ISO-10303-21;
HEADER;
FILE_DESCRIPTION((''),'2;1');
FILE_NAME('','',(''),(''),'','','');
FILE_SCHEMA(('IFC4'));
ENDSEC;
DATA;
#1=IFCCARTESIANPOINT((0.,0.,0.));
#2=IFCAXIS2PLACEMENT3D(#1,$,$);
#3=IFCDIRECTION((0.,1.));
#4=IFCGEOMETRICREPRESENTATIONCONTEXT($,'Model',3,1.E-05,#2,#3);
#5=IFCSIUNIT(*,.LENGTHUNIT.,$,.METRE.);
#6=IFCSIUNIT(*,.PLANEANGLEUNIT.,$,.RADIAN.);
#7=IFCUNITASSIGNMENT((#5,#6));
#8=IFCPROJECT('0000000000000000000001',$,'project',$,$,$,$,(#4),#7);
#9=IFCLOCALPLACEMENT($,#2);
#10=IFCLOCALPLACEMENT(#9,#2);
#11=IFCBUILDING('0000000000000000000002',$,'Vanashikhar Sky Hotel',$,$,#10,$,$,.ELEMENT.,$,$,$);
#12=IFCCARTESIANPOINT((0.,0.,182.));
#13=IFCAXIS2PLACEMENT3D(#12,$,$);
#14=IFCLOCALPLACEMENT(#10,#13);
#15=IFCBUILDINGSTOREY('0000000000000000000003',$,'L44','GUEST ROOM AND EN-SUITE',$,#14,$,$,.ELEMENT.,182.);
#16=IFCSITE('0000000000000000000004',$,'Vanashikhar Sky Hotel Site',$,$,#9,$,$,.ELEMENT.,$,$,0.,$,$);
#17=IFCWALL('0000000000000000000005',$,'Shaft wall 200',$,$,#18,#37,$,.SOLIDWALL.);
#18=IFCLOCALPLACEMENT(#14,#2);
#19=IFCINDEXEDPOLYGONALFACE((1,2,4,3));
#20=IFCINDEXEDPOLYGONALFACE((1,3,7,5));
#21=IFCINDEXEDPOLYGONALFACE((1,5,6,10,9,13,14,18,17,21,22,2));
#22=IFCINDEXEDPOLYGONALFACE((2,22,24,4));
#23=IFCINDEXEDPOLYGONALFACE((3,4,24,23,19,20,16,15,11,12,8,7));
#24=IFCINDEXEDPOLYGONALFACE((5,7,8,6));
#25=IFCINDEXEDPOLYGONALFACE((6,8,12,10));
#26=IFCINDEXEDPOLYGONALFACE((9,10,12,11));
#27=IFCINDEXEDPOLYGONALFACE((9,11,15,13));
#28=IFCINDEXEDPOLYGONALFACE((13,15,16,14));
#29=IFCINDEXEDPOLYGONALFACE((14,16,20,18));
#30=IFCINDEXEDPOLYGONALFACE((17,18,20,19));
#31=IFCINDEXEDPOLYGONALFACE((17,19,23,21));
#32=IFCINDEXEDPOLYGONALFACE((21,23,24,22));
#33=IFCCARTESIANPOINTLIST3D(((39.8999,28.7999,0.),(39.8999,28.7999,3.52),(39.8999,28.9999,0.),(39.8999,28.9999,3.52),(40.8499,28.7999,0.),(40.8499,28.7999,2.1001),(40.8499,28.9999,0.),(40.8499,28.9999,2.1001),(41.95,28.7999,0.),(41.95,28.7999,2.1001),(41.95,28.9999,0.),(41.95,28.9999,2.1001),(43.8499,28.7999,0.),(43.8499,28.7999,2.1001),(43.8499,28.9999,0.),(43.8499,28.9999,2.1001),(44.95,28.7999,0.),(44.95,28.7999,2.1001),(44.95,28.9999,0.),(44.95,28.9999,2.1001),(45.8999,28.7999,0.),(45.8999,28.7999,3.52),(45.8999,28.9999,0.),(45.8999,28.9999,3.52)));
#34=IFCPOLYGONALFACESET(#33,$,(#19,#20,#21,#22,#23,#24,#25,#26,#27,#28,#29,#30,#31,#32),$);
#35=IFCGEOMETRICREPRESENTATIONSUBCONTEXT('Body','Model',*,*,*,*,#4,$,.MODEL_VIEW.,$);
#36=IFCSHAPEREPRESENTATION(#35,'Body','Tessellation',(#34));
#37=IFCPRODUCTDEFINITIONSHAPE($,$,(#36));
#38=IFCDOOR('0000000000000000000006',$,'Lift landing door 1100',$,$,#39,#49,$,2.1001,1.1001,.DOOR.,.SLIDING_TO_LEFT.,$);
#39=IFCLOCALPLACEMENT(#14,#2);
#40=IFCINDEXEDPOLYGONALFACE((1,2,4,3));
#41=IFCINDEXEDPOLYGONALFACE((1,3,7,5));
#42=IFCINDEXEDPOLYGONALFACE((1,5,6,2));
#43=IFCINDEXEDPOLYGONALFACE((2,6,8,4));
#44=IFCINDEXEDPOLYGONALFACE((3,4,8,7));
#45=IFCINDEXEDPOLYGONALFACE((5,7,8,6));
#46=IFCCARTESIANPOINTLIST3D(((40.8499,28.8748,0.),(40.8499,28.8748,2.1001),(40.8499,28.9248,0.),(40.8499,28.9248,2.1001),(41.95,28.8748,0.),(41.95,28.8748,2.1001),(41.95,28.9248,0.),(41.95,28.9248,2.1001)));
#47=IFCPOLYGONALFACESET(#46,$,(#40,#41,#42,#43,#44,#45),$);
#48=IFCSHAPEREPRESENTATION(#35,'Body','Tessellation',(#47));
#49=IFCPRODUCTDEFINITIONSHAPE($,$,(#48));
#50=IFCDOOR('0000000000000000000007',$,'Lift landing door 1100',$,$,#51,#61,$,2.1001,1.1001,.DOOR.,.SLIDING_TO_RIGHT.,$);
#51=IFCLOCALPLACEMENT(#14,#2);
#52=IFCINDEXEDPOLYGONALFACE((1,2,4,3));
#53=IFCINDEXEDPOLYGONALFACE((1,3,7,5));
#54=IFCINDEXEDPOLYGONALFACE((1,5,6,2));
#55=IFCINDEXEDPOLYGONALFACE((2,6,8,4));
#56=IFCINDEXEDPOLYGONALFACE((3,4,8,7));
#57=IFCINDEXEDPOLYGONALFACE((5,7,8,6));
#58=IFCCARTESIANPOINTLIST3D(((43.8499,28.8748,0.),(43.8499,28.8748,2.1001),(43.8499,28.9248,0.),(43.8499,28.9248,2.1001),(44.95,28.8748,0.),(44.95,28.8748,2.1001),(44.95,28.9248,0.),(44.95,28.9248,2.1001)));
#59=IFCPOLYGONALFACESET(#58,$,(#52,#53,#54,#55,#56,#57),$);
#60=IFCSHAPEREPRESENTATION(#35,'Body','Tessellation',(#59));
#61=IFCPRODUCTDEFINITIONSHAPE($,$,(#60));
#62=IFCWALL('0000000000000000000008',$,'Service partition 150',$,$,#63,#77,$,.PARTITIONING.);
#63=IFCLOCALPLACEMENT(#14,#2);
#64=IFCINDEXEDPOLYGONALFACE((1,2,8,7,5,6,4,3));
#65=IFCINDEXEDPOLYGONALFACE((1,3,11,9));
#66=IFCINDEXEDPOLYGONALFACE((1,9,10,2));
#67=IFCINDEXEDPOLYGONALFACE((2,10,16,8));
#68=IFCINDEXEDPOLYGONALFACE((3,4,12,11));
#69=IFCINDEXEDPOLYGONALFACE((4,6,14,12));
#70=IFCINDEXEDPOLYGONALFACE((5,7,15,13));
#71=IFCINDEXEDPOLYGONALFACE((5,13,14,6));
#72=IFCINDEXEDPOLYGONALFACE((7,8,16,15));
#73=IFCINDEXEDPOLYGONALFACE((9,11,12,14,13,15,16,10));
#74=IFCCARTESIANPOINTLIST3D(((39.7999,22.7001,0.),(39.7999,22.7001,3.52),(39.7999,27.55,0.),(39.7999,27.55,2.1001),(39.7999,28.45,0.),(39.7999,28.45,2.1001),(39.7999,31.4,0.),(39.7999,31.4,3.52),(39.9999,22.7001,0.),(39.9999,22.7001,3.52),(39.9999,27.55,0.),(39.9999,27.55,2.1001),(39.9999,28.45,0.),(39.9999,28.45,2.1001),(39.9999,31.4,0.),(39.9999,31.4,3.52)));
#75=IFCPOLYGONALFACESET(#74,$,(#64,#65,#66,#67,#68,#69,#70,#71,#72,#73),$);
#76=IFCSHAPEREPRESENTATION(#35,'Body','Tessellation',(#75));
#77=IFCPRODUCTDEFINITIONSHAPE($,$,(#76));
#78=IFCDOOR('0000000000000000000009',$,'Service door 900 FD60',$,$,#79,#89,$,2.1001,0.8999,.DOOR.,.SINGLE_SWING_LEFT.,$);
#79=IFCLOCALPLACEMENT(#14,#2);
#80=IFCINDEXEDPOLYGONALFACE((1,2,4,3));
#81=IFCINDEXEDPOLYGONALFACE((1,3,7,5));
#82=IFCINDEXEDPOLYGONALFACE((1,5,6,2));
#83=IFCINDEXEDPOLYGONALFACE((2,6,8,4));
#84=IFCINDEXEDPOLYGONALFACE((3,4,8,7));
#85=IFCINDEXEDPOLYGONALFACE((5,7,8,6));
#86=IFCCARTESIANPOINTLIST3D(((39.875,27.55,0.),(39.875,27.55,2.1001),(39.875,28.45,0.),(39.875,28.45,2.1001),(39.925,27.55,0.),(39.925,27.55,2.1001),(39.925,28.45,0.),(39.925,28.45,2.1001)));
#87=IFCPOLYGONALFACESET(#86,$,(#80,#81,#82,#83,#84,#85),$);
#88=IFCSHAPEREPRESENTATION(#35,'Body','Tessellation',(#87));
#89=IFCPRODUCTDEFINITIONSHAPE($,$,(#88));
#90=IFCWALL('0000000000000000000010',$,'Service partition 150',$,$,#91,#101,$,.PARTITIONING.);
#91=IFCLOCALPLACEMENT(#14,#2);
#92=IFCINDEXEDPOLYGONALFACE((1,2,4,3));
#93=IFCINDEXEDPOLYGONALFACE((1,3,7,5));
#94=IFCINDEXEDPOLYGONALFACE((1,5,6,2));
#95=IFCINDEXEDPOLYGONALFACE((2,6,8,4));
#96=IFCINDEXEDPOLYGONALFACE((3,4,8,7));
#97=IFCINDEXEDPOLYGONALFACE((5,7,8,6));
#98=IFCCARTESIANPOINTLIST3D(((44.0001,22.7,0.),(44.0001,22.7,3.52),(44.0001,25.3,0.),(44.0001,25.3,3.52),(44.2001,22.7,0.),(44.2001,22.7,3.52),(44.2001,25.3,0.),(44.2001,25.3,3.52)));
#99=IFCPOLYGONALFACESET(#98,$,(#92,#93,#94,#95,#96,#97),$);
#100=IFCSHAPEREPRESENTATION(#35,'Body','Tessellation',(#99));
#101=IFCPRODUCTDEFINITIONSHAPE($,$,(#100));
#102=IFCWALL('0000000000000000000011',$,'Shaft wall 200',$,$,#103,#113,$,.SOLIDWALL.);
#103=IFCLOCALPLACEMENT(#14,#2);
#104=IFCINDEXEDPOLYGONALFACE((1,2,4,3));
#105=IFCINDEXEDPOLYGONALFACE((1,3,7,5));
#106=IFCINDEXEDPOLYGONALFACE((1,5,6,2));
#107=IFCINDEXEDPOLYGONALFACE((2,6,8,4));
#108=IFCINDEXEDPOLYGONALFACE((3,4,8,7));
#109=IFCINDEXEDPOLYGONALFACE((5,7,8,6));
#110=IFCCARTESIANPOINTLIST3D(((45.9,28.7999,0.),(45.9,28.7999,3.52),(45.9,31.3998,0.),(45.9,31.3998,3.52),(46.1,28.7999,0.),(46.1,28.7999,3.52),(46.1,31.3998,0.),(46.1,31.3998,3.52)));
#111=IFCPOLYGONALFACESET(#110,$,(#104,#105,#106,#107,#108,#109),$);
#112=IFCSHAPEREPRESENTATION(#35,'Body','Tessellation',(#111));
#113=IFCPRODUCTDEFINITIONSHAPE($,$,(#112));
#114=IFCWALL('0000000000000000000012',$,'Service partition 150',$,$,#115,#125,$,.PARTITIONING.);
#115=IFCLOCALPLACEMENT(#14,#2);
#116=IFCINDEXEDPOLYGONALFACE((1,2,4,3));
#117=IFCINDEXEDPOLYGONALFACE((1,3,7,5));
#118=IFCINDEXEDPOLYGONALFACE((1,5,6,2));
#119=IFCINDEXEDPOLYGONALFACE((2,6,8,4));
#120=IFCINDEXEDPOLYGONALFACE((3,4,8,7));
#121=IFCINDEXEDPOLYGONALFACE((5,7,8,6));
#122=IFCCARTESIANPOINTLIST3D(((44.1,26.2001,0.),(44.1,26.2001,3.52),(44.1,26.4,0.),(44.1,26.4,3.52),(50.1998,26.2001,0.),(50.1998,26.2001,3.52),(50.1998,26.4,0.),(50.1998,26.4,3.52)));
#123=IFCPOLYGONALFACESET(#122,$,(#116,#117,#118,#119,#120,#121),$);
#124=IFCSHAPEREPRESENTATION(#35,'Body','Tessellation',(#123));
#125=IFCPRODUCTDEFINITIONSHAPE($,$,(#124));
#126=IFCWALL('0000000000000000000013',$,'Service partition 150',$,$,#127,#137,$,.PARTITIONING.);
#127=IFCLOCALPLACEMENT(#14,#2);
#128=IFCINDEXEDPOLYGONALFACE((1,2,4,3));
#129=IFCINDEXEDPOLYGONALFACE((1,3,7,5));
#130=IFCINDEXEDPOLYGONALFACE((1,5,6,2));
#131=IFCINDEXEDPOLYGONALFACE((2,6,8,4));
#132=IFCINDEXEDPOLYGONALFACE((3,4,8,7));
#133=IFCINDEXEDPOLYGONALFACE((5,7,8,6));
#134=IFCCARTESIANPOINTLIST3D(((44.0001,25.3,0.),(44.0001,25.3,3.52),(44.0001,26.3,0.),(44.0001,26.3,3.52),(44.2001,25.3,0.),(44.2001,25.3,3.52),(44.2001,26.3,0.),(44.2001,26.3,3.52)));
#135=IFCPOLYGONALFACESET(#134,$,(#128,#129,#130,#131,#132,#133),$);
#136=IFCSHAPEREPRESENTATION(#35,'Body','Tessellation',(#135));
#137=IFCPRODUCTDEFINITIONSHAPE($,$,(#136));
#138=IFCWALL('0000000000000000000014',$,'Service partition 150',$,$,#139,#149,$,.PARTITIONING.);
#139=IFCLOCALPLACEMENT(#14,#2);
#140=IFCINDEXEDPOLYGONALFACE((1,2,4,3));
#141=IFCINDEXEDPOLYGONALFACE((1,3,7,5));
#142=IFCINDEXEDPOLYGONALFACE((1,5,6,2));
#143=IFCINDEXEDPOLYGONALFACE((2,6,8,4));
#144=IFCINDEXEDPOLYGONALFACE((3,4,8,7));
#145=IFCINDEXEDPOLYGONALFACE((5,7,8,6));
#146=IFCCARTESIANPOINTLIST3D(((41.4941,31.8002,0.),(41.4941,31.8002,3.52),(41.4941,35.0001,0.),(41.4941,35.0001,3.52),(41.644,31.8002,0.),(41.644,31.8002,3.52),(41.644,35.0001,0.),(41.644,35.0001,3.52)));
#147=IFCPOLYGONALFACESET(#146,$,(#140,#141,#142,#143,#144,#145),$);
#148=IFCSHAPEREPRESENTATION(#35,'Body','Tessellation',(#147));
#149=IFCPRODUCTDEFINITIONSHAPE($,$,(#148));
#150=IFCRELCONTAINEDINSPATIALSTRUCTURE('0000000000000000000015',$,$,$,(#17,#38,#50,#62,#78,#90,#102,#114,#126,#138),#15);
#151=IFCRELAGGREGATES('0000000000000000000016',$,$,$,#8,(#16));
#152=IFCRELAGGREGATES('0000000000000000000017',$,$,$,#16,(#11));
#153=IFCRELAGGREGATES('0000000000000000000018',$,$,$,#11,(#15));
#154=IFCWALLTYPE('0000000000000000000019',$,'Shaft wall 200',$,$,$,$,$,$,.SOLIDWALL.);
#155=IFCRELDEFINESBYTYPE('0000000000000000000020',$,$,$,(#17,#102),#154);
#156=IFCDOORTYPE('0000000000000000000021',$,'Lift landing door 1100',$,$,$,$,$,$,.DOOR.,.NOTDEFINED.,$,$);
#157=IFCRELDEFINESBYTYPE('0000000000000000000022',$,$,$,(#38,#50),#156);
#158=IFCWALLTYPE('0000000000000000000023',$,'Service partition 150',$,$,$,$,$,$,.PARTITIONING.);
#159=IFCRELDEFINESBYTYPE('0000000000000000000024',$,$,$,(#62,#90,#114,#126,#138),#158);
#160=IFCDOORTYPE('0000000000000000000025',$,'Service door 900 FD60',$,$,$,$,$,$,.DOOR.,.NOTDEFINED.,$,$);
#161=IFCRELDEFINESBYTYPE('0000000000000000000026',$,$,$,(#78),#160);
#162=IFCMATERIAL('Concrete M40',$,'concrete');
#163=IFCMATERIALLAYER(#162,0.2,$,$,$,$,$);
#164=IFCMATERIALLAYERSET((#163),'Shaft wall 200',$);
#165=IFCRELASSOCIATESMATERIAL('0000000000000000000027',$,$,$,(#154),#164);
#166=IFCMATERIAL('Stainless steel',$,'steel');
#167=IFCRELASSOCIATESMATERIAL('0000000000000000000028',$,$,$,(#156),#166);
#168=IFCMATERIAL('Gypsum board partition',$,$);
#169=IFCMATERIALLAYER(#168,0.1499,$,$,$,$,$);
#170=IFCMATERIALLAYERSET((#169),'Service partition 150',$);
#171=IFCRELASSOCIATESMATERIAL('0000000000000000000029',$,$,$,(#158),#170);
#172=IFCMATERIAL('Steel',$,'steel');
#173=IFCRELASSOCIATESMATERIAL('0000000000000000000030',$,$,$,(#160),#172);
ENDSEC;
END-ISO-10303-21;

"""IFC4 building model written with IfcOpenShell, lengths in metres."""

from ifc_helpers import new_model, si_unit, direction, frame, frame_2d, origin, place, context, subcontext, project, spatial, rectangle, extrude, source, transform, mapped, material, layer, layer_set, type_object, element, fill, save


model = new_model("IFC4")

# Units and contexts
model_context = context("Model", 3, precision=1e-05, world=origin(), true_north=direction((0.0, 1.0)))
body_context = subcontext(model_context, "Body", "Model", "MODEL_VIEW")
ifc_project = project(units=[si_unit("LENGTHUNIT", "METRE"), si_unit("PLANEANGLEUNIT", "RADIAN")], contexts=[model_context])

# Site, building, storey
site_placement = place(None, origin())
site = spatial("IfcSite", under=ifc_project, at=site_placement, Name="Vanashikhar Sky Hotel Site", CompositionType="ELEMENT", RefElevation=0.0)
building_placement = place(site_placement, origin())
building = spatial("IfcBuilding", under=site, at=building_placement, Name="Vanashikhar Sky Hotel", CompositionType="ELEMENT")
storey_placement = place(building_placement, frame((0.0, 0.0, 182.0)))
storey = spatial("IfcBuildingStorey", under=building, at=storey_placement, Name="L44", Description="GUEST ROOM AND EN-SUITE", CompositionType="ELEMENT", Elevation=182.0)

# Wall, openings, doors
ifc_material_1 = material(Name="Concrete M40", Category="concrete")
ifc_layer_1 = layer(ifc_material_1, 0.2)
ifc_layer_set_1 = layer_set([ifc_layer_1], Name="Shaft wall 200")
wall_type_1 = type_object("IfcWallType", Name="Shaft wall 200", PredefinedType="SOLIDWALL", material=ifc_layer_set_1)
shared_shape_1 = source(origin(), body_context, "Body", "SweptSolid", [
    extrude(rectangle(XDim=6.0, YDim=0.2, at=frame_2d((3.0, 0.0))), origin(), (0.0, 0.0, 1.0), 3.52),
])
wall_1_placement = place(storey_placement, frame((39.8999, 28.8999, 0.0), z_axis=(0.0, 0.0, 1.0), x_axis=(1.0, 0.0, 0.0)))
wall_1 = element("IfcWall", 1, at=wall_1_placement, inside=storey, type_object=wall_type_1, Name="Shaft wall 200", PredefinedType="SOLIDWALL", context=body_context, shape_type="MappedRepresentation", body=[
    mapped(shared_shape_1, transform((0.0, 0.0, 0.0), scale=1.0)),
])
shared_shape_2 = source(origin(), body_context, "Body", "SweptSolid", [
    extrude(rectangle(XDim=1.1001, YDim=2.1001, at=frame_2d((0.55, 1.05))), frame((0.0, 0.1099, 0.0), z_axis=(0.0, -1.0, 0.0), x_axis=(1.0, 0.0, 0.0)), (0.0, 0.0, 1.0), 0.22),
])
opening_1_placement = place(wall_1_placement, frame((0.95, 0.0, 0.0)))
opening_1 = element("IfcOpeningElement", 2, at=opening_1_placement, cuts=wall_1, PredefinedType="OPENING", context=body_context, shape_type="MappedRepresentation", body=[
    mapped(shared_shape_2, transform((0.0, 0.0, 0.0), scale=1.0)),
])
opening_2_placement = place(wall_1_placement, frame((3.95, 0.0, 0.0)))
opening_2 = element("IfcOpeningElement", 3, at=opening_2_placement, cuts=wall_1, PredefinedType="OPENING", context=body_context, shape_type="MappedRepresentation", body=[
    mapped(shared_shape_2, transform((0.0, 0.0, 0.0), scale=1.0)),
])
ifc_material_2 = material(Name="Stainless steel", Category="steel")
door_type_1 = type_object("IfcDoorType", Name="Lift landing door 1100", OperationType="NOTDEFINED", PredefinedType="DOOR", material=ifc_material_2)
shared_shape_3 = source(origin(), body_context, "Body", "SweptSolid", [
    extrude(rectangle(XDim=1.1001, YDim=2.1001, at=frame_2d((0.55, 1.05))), frame((0.0, 0.0249, 0.0), z_axis=(0.0, -1.0, 0.0), x_axis=(1.0, 0.0, 0.0)), (0.0, 0.0, 1.0), 0.05),
])
door_1_placement = place(opening_1_placement, origin())
door_1 = element("IfcDoor", 4, at=door_1_placement, inside=storey, type_object=door_type_1, Name="Lift landing door 1100", OperationType="SLIDING_TO_LEFT", OverallHeight=2.1001, OverallWidth=1.1001, PredefinedType="DOOR", context=body_context, shape_type="MappedRepresentation", body=[
    mapped(shared_shape_3, transform((0.0, 0.0, 0.0), scale=1.0)),
])
fill(opening_1, door_1)
door_2_placement = place(opening_2_placement, origin())
door_2 = element("IfcDoor", 5, at=door_2_placement, inside=storey, type_object=door_type_1, Name="Lift landing door 1100", OperationType="SLIDING_TO_RIGHT", OverallHeight=2.1001, OverallWidth=1.1001, PredefinedType="DOOR", context=body_context, shape_type="MappedRepresentation", body=[
    mapped(shared_shape_3, transform((0.0, 0.0, 0.0), scale=1.0)),
])
fill(opening_2, door_2)

# Wall, opening, door
ifc_material_3 = material(Name="Gypsum board partition")
ifc_layer_2 = layer(ifc_material_3, 0.1499)
ifc_layer_set_2 = layer_set([ifc_layer_2], Name="Service partition 150")
wall_type_2 = type_object("IfcWallType", Name="Service partition 150", PredefinedType="PARTITIONING", material=ifc_layer_set_2)
shared_shape_4 = source(origin(), body_context, "Body", "SweptSolid", [
    extrude(rectangle(XDim=8.7, YDim=0.2, at=frame_2d((4.3501, 0.0))), origin(), (0.0, 0.0, 1.0), 3.52),
])
wall_2_placement = place(storey_placement, frame((39.8999, 22.7, 0.0), z_axis=(0.0, 0.0, 1.0), x_axis=(0.0, 1.0, 0.0)))
wall_2 = element("IfcWall", 6, at=wall_2_placement, inside=storey, type_object=wall_type_2, Name="Service partition 150", PredefinedType="PARTITIONING", context=body_context, shape_type="MappedRepresentation", body=[
    mapped(shared_shape_4, transform((0.0, 0.0, 0.0), scale=1.0)),
])
shared_shape_5 = source(origin(), body_context, "Body", "SweptSolid", [
    extrude(rectangle(XDim=0.8999, YDim=2.1001, at=frame_2d((0.45, 1.05))), frame((0.0, 0.1099, 0.0), z_axis=(0.0, -1.0, 0.0), x_axis=(1.0, 0.0, 0.0)), (0.0, 0.0, 1.0), 0.22),
])
opening_3_placement = place(wall_2_placement, frame((4.8501, 0.0, 0.0)))
opening_3 = element("IfcOpeningElement", 7, at=opening_3_placement, cuts=wall_2, PredefinedType="OPENING", context=body_context, shape_type="MappedRepresentation", body=[
    mapped(shared_shape_5, transform((0.0, 0.0, 0.0), scale=1.0)),
])
ifc_material_4 = material(Name="Steel", Category="steel")
door_type_2 = type_object("IfcDoorType", Name="Service door 900 FD60", OperationType="NOTDEFINED", PredefinedType="DOOR", material=ifc_material_4)
shared_shape_6 = source(origin(), body_context, "Body", "SweptSolid", [
    extrude(rectangle(XDim=0.8999, YDim=2.1001, at=frame_2d((0.45, 1.05))), frame((0.0, 0.0249, 0.0), z_axis=(0.0, -1.0, 0.0), x_axis=(1.0, 0.0, 0.0)), (0.0, 0.0, 1.0), 0.05),
])
door_3_placement = place(opening_3_placement, origin())
door_3 = element("IfcDoor", 8, at=door_3_placement, inside=storey, type_object=door_type_2, Name="Service door 900 FD60", OperationType="SINGLE_SWING_LEFT", OverallHeight=2.1001, OverallWidth=0.8999, PredefinedType="DOOR", context=body_context, shape_type="MappedRepresentation", body=[
    mapped(shared_shape_6, transform((0.0, 0.0, 0.0), scale=1.0)),
])
fill(opening_3, door_3)

# Walls
shared_shape_7 = source(origin(), body_context, "Body", "SweptSolid", [
    extrude(rectangle(XDim=2.6001, YDim=0.2, at=frame_2d((1.3, 0.0))), origin(), (0.0, 0.0, 1.0), 3.52),
])
wall_3_placement = place(storey_placement, frame((44.1001, 22.7, 0.0), z_axis=(0.0, 0.0, 1.0), x_axis=(0.0, 1.0, 0.0)))
element("IfcWall", 9, at=wall_3_placement, inside=storey, type_object=wall_type_2, Name="Service partition 150", PredefinedType="PARTITIONING", context=body_context, shape_type="MappedRepresentation", body=[
    mapped(shared_shape_7, transform((0.0, 0.0, 0.0), scale=1.0)),
])
shared_shape_8 = source(origin(), body_context, "Body", "SweptSolid", [
    extrude(rectangle(XDim=2.5999, YDim=0.2, at=frame_2d((1.2998, 0.0))), origin(), (0.0, 0.0, 1.0), 3.52),
])
wall_4_placement = place(storey_placement, frame((46.0, 28.8, 0.0), z_axis=(0.0, 0.0, 1.0), x_axis=(0.0, 1.0, 0.0)))
element("IfcWall", 10, at=wall_4_placement, inside=storey, type_object=wall_type_1, Name="Shaft wall 200", PredefinedType="SOLIDWALL", context=body_context, shape_type="MappedRepresentation", body=[
    mapped(shared_shape_8, transform((0.0, 0.0, 0.0), scale=1.0)),
])
shared_shape_9 = source(origin(), body_context, "Body", "SweptSolid", [
    extrude(rectangle(XDim=6.0999, YDim=0.2, at=frame_2d((3.0498, 0.0))), origin(), (0.0, 0.0, 1.0), 3.52),
])
wall_5_placement = place(storey_placement, frame((44.1001, 26.3, 0.0), z_axis=(0.0, 0.0, 1.0), x_axis=(1.0, 0.0, 0.0)))
element("IfcWall", 11, at=wall_5_placement, inside=storey, type_object=wall_type_2, Name="Service partition 150", PredefinedType="PARTITIONING", context=body_context, shape_type="MappedRepresentation", body=[
    mapped(shared_shape_9, transform((0.0, 0.0, 0.0), scale=1.0)),
])
shared_shape_10 = source(origin(), body_context, "Body", "SweptSolid", [
    extrude(rectangle(XDim=1.0, YDim=0.2, at=frame_2d((0.5, 0.0))), origin(), (0.0, 0.0, 1.0), 3.52),
])
wall_6_placement = place(storey_placement, frame((44.1001, 25.3, 0.0), z_axis=(0.0, 0.0, 1.0), x_axis=(0.0, 1.0, 0.0)))
element("IfcWall", 12, at=wall_6_placement, inside=storey, type_object=wall_type_2, Name="Service partition 150", PredefinedType="PARTITIONING", context=body_context, shape_type="MappedRepresentation", body=[
    mapped(shared_shape_10, transform((0.0, 0.0, 0.0), scale=1.0)),
])
shared_shape_11 = source(origin(), body_context, "Body", "SweptSolid", [
    extrude(rectangle(XDim=3.2, YDim=0.1499, at=frame_2d((1.6001, 0.0))), origin(), (0.0, 0.0, 1.0), 3.52),
])
wall_7_placement = place(storey_placement, frame((41.5691, 31.8, 0.0), z_axis=(0.0, 0.0, 1.0), x_axis=(0.0, 1.0, 0.0)))
element("IfcWall", 13, at=wall_7_placement, inside=storey, type_object=wall_type_2, Name="Service partition 150", PredefinedType="PARTITIONING", context=body_context, shape_type="MappedRepresentation", body=[
    mapped(shared_shape_11, transform((0.0, 0.0, 0.0), scale=1.0)),
])

save(model, "model.ifc")
